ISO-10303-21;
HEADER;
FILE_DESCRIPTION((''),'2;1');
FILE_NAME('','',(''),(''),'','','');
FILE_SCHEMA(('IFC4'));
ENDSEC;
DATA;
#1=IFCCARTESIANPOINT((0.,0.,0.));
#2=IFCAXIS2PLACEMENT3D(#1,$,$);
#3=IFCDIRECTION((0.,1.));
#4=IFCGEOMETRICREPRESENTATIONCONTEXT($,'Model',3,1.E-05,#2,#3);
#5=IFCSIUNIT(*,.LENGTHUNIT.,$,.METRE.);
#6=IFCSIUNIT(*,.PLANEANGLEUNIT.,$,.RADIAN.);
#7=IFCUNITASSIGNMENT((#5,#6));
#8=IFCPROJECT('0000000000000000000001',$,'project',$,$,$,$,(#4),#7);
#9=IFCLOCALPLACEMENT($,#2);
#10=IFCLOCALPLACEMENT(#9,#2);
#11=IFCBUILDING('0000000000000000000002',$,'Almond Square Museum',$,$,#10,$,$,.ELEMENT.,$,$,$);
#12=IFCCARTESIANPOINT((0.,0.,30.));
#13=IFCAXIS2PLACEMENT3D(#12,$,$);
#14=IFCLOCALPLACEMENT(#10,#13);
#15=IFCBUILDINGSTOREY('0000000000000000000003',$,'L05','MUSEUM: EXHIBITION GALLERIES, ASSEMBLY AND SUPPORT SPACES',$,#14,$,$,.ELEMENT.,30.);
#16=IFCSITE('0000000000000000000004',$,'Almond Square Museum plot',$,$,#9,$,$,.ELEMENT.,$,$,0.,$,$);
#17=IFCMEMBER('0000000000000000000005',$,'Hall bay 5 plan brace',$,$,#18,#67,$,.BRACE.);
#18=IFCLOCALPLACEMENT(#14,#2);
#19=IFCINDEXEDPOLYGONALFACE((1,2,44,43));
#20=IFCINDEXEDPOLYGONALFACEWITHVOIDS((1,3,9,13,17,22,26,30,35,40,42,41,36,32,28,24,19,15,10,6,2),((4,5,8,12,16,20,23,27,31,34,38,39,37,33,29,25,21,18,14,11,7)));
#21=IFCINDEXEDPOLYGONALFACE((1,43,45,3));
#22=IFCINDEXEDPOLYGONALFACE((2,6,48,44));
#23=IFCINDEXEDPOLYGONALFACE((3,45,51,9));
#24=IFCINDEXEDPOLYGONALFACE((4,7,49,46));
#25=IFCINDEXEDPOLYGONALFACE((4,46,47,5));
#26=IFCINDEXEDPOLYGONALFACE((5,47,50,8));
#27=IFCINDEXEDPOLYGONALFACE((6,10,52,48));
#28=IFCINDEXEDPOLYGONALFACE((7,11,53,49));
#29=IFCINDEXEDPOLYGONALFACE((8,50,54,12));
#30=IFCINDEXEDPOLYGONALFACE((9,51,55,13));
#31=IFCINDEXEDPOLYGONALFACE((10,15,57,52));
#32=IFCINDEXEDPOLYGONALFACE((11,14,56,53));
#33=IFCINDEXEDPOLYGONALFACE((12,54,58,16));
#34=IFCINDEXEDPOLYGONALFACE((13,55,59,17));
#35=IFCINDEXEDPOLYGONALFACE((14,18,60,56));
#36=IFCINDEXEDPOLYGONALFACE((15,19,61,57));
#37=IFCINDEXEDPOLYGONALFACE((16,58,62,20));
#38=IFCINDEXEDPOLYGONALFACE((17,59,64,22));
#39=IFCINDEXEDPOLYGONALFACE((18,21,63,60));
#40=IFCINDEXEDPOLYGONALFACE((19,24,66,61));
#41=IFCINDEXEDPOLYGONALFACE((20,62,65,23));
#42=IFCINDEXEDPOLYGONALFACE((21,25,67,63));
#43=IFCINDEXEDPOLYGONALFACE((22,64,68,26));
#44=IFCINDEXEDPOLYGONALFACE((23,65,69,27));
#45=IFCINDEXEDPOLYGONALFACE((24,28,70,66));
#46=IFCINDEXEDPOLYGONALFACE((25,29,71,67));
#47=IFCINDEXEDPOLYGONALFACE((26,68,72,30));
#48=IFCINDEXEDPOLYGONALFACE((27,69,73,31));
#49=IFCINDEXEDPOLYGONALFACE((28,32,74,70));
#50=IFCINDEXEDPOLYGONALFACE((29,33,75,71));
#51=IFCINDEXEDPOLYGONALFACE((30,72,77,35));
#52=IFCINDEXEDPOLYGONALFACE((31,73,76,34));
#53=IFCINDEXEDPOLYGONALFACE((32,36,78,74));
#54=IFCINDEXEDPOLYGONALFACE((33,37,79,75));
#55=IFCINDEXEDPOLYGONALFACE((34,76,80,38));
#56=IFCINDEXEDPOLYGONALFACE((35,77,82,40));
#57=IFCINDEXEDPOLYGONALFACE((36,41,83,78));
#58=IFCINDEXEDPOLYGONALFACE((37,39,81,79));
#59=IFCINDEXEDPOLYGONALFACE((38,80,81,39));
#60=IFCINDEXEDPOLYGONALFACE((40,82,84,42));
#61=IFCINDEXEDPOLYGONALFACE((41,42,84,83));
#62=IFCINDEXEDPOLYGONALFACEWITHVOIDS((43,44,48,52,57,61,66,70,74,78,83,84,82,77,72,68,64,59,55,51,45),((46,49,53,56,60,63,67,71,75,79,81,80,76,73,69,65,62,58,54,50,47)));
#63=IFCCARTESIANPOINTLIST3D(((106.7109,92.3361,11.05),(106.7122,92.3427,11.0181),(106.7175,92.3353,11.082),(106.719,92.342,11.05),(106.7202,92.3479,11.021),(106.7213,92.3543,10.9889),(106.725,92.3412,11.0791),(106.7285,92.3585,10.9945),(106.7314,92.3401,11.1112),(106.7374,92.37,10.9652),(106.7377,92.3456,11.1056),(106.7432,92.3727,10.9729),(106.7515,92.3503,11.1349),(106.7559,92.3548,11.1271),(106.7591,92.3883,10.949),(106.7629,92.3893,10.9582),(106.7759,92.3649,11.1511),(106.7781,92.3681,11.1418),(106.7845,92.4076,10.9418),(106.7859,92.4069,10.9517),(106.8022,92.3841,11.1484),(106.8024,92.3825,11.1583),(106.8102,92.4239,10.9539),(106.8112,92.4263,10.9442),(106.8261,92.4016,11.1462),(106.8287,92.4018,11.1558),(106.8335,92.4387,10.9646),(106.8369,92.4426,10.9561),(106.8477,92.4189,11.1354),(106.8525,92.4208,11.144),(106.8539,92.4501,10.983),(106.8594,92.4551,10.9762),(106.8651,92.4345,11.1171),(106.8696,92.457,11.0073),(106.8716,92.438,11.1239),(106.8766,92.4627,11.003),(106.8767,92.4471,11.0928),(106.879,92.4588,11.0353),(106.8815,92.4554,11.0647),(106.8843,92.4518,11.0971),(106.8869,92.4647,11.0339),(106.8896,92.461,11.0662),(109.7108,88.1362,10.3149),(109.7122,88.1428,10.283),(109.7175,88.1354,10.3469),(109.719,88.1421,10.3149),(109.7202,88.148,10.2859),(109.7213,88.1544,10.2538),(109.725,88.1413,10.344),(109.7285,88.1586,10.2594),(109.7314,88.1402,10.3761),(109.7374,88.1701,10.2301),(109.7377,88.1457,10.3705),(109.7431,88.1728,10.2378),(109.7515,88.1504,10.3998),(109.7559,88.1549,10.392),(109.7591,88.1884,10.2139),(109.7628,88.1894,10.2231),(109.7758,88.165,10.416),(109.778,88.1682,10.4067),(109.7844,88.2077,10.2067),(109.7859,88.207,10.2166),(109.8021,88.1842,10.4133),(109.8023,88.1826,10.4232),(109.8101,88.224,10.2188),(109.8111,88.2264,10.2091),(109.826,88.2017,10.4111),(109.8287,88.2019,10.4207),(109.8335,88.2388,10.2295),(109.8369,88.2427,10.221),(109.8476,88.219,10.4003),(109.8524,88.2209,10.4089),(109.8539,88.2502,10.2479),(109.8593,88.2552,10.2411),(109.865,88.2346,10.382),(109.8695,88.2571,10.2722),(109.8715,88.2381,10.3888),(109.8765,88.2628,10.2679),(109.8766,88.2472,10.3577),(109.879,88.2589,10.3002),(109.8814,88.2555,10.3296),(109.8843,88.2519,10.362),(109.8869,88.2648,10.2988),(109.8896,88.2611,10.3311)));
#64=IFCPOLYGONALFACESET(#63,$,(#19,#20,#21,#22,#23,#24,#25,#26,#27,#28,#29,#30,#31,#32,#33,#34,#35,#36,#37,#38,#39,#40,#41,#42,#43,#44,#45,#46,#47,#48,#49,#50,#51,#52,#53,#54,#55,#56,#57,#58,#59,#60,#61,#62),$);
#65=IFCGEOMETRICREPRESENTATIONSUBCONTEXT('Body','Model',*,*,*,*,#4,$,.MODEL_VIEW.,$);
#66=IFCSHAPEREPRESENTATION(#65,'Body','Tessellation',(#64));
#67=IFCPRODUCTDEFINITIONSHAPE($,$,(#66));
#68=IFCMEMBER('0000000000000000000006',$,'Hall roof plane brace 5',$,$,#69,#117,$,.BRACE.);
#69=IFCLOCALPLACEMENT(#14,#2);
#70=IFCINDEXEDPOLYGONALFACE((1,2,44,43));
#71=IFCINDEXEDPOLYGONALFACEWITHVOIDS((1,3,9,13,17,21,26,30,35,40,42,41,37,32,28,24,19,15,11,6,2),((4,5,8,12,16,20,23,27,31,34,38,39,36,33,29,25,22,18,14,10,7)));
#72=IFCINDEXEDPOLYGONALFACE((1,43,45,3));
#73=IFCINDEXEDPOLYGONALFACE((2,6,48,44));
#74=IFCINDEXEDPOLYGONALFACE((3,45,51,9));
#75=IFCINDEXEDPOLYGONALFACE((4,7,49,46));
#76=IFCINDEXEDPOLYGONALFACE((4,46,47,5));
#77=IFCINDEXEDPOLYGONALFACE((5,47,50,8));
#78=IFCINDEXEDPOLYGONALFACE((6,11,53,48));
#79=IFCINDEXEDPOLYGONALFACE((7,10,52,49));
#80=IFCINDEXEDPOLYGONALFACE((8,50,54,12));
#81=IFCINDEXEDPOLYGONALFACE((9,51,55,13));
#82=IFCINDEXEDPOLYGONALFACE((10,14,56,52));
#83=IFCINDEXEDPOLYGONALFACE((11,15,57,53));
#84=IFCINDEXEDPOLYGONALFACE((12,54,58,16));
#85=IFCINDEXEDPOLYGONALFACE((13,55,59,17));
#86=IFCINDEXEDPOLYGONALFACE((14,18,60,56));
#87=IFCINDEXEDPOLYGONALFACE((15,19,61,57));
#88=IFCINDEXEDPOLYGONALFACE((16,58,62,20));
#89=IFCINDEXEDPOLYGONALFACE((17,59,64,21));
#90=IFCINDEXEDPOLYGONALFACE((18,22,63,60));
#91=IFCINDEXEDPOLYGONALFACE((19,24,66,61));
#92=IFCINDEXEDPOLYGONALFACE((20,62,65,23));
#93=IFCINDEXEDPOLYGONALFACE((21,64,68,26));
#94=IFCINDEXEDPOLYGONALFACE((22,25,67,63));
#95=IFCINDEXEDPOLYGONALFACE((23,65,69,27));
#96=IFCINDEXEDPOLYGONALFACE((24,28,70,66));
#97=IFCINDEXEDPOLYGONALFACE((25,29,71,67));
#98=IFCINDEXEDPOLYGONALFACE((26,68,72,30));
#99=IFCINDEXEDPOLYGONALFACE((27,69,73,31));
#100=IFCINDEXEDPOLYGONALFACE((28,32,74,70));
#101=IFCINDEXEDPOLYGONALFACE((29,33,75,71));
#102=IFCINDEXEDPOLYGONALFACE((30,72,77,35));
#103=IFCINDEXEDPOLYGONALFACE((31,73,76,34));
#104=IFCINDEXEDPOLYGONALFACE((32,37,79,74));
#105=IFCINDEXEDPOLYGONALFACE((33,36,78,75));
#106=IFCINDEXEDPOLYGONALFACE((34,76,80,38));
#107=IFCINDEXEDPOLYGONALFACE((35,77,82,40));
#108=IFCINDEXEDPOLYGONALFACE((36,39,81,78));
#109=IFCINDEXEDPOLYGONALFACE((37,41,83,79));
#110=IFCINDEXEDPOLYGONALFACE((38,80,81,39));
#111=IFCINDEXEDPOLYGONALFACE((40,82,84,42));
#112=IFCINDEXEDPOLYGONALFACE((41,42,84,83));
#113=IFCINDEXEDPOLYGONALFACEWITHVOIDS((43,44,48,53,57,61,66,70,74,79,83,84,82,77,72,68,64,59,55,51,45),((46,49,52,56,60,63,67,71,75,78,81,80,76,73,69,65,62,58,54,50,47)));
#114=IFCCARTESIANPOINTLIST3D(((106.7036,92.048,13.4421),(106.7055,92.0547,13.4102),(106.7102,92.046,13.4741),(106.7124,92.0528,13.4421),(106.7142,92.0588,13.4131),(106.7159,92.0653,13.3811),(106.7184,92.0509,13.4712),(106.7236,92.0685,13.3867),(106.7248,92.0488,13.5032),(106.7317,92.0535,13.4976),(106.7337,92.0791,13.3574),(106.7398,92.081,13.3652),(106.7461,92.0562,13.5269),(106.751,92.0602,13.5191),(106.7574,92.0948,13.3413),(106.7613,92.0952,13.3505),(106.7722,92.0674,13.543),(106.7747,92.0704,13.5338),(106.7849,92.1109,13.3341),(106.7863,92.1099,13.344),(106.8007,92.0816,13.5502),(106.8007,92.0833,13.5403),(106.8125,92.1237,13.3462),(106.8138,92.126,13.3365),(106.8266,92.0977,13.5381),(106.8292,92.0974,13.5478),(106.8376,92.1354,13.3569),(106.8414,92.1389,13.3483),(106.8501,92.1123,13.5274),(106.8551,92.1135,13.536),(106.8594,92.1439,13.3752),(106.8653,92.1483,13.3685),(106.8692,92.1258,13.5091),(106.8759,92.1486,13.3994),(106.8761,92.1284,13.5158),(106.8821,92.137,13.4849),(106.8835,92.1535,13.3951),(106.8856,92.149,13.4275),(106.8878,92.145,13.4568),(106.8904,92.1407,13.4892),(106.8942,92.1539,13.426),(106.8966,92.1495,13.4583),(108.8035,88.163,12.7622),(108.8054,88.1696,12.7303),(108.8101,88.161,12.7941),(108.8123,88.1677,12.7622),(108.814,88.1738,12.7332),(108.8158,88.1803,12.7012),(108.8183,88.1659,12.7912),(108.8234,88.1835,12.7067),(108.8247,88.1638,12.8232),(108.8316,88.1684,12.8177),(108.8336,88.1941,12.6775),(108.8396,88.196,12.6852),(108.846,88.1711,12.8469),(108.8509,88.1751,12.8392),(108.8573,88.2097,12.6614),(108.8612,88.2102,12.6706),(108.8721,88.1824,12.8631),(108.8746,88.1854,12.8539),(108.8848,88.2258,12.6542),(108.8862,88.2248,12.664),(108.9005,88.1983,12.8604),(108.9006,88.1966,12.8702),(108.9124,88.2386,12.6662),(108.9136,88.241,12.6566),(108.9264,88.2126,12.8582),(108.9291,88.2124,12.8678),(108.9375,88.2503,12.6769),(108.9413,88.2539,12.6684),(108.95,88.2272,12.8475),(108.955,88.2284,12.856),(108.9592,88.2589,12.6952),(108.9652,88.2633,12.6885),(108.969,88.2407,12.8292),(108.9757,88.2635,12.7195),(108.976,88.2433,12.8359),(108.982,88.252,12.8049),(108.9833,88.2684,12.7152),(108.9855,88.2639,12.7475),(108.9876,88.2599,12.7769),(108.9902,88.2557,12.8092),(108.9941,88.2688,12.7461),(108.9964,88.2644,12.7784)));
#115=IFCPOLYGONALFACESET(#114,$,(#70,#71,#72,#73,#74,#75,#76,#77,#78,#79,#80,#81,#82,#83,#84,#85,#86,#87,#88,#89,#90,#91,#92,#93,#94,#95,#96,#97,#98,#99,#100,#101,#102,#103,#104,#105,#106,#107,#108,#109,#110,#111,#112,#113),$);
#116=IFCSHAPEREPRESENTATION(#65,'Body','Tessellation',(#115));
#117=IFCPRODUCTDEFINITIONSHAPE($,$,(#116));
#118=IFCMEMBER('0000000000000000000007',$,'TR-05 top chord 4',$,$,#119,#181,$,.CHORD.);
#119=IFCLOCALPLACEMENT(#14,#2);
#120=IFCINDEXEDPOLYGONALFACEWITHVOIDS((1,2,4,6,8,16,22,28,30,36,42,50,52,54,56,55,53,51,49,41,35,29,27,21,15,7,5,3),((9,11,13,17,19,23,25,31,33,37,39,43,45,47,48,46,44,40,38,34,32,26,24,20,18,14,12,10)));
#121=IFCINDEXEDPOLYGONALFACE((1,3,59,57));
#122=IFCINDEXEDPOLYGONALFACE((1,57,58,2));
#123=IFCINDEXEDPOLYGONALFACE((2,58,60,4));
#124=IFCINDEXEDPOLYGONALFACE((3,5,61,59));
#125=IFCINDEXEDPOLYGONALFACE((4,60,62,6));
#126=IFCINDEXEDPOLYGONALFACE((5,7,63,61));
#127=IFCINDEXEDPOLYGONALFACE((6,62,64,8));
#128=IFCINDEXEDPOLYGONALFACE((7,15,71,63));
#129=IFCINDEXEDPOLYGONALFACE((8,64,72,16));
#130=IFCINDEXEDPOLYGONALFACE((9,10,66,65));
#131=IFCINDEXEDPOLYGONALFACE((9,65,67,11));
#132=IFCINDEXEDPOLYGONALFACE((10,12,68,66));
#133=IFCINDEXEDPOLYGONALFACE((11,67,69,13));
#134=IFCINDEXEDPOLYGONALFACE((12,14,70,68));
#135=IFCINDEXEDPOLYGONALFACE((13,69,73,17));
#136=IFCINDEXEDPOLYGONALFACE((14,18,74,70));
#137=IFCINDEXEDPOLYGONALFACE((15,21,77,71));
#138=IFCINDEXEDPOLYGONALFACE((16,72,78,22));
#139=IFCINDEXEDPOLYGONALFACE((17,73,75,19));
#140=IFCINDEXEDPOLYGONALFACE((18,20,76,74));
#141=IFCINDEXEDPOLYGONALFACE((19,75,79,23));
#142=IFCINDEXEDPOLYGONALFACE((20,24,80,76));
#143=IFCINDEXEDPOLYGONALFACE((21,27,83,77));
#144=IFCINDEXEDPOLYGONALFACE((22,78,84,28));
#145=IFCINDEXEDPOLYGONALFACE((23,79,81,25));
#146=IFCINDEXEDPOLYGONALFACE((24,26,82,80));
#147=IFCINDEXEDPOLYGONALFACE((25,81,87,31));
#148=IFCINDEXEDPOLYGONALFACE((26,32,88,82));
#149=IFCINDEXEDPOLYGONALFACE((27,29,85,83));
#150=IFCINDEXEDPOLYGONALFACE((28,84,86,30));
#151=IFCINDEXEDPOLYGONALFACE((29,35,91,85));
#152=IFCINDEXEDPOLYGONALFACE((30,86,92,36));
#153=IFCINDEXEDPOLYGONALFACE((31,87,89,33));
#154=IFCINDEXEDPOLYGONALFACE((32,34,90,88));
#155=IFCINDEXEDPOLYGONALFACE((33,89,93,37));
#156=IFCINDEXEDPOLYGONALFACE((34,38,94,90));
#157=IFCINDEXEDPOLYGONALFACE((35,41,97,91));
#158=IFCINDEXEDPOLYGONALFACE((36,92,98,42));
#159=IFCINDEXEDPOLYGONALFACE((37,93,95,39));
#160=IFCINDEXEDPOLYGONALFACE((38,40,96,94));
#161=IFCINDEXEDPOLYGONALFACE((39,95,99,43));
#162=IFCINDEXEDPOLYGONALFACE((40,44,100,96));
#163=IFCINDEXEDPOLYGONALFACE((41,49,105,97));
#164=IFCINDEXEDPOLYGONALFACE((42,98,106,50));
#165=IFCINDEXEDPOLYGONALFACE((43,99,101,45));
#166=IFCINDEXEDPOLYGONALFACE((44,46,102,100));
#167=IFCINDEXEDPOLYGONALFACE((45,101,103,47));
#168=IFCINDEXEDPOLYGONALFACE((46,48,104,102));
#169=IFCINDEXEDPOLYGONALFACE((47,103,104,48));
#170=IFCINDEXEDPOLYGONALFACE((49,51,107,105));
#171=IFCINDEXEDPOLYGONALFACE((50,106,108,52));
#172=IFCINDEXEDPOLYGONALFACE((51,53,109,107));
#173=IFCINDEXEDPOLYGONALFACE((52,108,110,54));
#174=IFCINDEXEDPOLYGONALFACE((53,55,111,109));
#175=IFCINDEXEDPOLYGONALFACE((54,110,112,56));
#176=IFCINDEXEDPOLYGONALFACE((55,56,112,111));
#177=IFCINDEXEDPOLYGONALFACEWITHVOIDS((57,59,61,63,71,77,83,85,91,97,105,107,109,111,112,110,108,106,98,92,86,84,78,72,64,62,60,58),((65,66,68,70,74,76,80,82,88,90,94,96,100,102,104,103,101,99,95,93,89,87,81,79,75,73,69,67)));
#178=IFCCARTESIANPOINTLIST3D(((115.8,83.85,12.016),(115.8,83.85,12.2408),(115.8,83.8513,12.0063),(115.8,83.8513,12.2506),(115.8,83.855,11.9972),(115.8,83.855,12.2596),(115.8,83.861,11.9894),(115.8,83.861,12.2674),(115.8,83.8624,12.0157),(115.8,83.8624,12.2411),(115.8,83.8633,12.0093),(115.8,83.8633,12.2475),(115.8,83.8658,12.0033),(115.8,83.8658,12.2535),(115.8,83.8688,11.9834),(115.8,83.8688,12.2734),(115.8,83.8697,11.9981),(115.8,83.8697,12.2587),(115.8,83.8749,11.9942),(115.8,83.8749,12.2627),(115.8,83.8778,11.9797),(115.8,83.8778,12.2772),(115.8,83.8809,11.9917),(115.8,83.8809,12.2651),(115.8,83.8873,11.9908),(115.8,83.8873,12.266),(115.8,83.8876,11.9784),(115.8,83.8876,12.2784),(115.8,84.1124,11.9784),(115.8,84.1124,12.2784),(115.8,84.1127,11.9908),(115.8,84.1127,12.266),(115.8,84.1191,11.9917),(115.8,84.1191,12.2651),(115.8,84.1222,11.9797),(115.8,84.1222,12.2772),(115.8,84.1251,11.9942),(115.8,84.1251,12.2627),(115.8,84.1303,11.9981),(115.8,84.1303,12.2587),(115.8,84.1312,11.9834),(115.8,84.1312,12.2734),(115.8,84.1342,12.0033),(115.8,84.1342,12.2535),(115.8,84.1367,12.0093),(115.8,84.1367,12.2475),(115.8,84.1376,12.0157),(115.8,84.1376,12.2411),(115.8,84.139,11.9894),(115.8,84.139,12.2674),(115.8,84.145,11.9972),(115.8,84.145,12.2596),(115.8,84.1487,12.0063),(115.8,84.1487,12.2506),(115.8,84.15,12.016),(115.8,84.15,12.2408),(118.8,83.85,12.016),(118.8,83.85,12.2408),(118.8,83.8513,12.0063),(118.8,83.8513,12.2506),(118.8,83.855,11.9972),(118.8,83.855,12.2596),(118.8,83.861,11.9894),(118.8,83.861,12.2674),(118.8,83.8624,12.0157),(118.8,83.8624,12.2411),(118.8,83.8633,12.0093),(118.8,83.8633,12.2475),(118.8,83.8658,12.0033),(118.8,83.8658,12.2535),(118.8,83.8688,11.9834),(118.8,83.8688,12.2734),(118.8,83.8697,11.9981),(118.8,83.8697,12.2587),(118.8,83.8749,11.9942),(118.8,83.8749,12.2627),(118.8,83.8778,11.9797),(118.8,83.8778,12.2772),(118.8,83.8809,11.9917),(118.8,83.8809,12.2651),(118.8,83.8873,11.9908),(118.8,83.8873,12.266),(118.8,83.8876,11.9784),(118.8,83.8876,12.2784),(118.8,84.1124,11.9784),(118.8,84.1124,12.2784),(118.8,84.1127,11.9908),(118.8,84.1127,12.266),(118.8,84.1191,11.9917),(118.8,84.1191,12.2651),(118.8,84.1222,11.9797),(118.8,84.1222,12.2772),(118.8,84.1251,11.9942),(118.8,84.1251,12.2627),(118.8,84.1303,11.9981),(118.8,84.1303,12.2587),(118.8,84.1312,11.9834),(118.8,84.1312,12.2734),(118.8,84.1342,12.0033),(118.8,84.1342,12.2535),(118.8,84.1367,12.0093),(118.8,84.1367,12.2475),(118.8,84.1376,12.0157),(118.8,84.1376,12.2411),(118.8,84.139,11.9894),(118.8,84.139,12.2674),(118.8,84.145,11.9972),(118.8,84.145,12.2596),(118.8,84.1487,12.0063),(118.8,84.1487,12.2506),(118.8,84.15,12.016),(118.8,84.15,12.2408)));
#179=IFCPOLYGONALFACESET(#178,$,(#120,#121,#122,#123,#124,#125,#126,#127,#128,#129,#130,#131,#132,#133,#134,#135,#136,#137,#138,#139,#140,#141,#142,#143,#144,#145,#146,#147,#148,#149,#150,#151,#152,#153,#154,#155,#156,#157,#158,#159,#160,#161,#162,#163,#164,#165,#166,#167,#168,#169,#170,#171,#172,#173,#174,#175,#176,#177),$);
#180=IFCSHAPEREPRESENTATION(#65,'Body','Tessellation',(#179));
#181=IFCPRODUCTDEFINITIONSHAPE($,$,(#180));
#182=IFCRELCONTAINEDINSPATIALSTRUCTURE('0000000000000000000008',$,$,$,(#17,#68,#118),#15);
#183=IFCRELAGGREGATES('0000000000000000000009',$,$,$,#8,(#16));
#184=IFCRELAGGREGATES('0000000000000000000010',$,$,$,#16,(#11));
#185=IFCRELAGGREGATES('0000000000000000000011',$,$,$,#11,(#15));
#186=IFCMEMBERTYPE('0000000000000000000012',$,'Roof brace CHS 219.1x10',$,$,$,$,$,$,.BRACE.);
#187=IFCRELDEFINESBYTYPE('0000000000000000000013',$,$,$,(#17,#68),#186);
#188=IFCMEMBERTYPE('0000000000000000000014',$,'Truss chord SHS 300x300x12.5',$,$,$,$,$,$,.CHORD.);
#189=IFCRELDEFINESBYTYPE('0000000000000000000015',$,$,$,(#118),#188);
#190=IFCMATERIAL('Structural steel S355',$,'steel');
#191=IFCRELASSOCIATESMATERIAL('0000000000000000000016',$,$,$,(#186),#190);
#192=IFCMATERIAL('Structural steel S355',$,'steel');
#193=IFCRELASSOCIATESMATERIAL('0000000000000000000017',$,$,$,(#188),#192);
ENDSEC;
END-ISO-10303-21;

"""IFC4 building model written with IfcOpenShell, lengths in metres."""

from ifc_helpers import new_model, si_unit, direction, frame, origin, origin_2d, place, context, subcontext, project, spatial, hollow_rectangle, hollow_circle, extrude, material, material_profile, profile_set, type_object, element, save


model = new_model("IFC4")

# Units and contexts
model_context = context("Model", 3, precision=1e-05, world=origin(), true_north=direction((0.0, 1.0)))
body_context = subcontext(model_context, "Body", "Model", "MODEL_VIEW")
ifc_project = project(units=[si_unit("LENGTHUNIT", "METRE"), si_unit("PLANEANGLEUNIT", "RADIAN")], contexts=[model_context])

# Site, building, storey
site_placement = place(None, origin())
site = spatial("IfcSite", under=ifc_project, at=site_placement, Name="Almond Square Museum plot", CompositionType="ELEMENT", RefElevation=0.0)
building_placement = place(site_placement, origin())
building = spatial("IfcBuilding", under=site, at=building_placement, Name="Almond Square Museum", CompositionType="ELEMENT")
storey_placement = place(building_placement, frame((0.0, 0.0, 30.0)))
storey = spatial("IfcBuildingStorey", under=building, at=storey_placement, Name="L05", Description="MUSEUM: EXHIBITION GALLERIES, ASSEMBLY AND SUPPORT SPACES", CompositionType="ELEMENT", Elevation=30.0)

# Members
ifc_material_1 = material(Name="Structural steel S355", Category="steel")
ifc_material_profile_1 = material_profile(ifc_material_1, hollow_circle(Radius=0.1096, WallThickness=0.01, at=origin_2d()))
ifc_profile_set_1 = profile_set([ifc_material_profile_1], Name="Structural steel S355")
member_type_1 = type_object("IfcMemberType", Name="Roof brace CHS 219.1x10", PredefinedType="BRACE", material=ifc_profile_set_1)
member_1_placement = place(storey_placement, frame((109.8, 88.2, 10.3149), z_axis=(-0.575436, 0.805601, 0.141002), x_axis=(-0.81373, -0.581243, 0.0)))
element("IfcMember", 1, at=member_1_placement, inside=storey, type_object=member_type_1, Name="Hall bay 5 plan brace", PredefinedType="BRACE", context=body_context, shape_type="SweptSolid", body=[
    extrude(hollow_circle(Radius=0.1096, WallThickness=0.01, at=origin_2d()), origin(), (0.0, 0.0, 1.0), 5.2134),
])
member_2_placement = place(storey_placement, frame((108.8999, 88.2151, 12.7622), z_axis=(-0.469953, 0.869476, 0.152171), x_axis=(-0.879721, -0.47549, 0.0)))
element("IfcMember", 2, at=member_2_placement, inside=storey, type_object=member_type_1, Name="Hall roof plane brace 5", PredefinedType="BRACE", context=body_context, shape_type="SweptSolid", body=[
    extrude(hollow_circle(Radius=0.1096, WallThickness=0.01, at=origin_2d()), origin(), (0.0, 0.0, 1.0), 4.4683),
])
ifc_material_2 = material(Name="Structural steel S355", Category="steel")
ifc_material_profile_2 = material_profile(ifc_material_2, hollow_rectangle(XDim=0.3, YDim=0.3, WallThickness=0.0125, InnerFilletRadius=0.0249, OuterFilletRadius=0.0376, at=origin_2d()))
ifc_profile_set_2 = profile_set([ifc_material_profile_2], Name="Structural steel S355")
member_type_2 = type_object("IfcMemberType", Name="Truss chord SHS 300x300x12.5", PredefinedType="CHORD", material=ifc_profile_set_2)
member_3_placement = place(storey_placement, frame((115.8, 84.0, 12.1284), z_axis=(1.0, 0.0, 0.0), x_axis=(0.0, 1.0, 0.0)))
element("IfcMember", 3, at=member_3_placement, inside=storey, type_object=member_type_2, Name="TR-05 top chord 4", PredefinedType="CHORD", context=body_context, shape_type="SweptSolid", body=[
    extrude(hollow_rectangle(XDim=0.3, YDim=0.3, WallThickness=0.0125, InnerFilletRadius=0.0249, OuterFilletRadius=0.0376, at=origin_2d()), origin(), (0.0, 0.0, 1.0), 3.0),
])

save(model, "model.ifc")
